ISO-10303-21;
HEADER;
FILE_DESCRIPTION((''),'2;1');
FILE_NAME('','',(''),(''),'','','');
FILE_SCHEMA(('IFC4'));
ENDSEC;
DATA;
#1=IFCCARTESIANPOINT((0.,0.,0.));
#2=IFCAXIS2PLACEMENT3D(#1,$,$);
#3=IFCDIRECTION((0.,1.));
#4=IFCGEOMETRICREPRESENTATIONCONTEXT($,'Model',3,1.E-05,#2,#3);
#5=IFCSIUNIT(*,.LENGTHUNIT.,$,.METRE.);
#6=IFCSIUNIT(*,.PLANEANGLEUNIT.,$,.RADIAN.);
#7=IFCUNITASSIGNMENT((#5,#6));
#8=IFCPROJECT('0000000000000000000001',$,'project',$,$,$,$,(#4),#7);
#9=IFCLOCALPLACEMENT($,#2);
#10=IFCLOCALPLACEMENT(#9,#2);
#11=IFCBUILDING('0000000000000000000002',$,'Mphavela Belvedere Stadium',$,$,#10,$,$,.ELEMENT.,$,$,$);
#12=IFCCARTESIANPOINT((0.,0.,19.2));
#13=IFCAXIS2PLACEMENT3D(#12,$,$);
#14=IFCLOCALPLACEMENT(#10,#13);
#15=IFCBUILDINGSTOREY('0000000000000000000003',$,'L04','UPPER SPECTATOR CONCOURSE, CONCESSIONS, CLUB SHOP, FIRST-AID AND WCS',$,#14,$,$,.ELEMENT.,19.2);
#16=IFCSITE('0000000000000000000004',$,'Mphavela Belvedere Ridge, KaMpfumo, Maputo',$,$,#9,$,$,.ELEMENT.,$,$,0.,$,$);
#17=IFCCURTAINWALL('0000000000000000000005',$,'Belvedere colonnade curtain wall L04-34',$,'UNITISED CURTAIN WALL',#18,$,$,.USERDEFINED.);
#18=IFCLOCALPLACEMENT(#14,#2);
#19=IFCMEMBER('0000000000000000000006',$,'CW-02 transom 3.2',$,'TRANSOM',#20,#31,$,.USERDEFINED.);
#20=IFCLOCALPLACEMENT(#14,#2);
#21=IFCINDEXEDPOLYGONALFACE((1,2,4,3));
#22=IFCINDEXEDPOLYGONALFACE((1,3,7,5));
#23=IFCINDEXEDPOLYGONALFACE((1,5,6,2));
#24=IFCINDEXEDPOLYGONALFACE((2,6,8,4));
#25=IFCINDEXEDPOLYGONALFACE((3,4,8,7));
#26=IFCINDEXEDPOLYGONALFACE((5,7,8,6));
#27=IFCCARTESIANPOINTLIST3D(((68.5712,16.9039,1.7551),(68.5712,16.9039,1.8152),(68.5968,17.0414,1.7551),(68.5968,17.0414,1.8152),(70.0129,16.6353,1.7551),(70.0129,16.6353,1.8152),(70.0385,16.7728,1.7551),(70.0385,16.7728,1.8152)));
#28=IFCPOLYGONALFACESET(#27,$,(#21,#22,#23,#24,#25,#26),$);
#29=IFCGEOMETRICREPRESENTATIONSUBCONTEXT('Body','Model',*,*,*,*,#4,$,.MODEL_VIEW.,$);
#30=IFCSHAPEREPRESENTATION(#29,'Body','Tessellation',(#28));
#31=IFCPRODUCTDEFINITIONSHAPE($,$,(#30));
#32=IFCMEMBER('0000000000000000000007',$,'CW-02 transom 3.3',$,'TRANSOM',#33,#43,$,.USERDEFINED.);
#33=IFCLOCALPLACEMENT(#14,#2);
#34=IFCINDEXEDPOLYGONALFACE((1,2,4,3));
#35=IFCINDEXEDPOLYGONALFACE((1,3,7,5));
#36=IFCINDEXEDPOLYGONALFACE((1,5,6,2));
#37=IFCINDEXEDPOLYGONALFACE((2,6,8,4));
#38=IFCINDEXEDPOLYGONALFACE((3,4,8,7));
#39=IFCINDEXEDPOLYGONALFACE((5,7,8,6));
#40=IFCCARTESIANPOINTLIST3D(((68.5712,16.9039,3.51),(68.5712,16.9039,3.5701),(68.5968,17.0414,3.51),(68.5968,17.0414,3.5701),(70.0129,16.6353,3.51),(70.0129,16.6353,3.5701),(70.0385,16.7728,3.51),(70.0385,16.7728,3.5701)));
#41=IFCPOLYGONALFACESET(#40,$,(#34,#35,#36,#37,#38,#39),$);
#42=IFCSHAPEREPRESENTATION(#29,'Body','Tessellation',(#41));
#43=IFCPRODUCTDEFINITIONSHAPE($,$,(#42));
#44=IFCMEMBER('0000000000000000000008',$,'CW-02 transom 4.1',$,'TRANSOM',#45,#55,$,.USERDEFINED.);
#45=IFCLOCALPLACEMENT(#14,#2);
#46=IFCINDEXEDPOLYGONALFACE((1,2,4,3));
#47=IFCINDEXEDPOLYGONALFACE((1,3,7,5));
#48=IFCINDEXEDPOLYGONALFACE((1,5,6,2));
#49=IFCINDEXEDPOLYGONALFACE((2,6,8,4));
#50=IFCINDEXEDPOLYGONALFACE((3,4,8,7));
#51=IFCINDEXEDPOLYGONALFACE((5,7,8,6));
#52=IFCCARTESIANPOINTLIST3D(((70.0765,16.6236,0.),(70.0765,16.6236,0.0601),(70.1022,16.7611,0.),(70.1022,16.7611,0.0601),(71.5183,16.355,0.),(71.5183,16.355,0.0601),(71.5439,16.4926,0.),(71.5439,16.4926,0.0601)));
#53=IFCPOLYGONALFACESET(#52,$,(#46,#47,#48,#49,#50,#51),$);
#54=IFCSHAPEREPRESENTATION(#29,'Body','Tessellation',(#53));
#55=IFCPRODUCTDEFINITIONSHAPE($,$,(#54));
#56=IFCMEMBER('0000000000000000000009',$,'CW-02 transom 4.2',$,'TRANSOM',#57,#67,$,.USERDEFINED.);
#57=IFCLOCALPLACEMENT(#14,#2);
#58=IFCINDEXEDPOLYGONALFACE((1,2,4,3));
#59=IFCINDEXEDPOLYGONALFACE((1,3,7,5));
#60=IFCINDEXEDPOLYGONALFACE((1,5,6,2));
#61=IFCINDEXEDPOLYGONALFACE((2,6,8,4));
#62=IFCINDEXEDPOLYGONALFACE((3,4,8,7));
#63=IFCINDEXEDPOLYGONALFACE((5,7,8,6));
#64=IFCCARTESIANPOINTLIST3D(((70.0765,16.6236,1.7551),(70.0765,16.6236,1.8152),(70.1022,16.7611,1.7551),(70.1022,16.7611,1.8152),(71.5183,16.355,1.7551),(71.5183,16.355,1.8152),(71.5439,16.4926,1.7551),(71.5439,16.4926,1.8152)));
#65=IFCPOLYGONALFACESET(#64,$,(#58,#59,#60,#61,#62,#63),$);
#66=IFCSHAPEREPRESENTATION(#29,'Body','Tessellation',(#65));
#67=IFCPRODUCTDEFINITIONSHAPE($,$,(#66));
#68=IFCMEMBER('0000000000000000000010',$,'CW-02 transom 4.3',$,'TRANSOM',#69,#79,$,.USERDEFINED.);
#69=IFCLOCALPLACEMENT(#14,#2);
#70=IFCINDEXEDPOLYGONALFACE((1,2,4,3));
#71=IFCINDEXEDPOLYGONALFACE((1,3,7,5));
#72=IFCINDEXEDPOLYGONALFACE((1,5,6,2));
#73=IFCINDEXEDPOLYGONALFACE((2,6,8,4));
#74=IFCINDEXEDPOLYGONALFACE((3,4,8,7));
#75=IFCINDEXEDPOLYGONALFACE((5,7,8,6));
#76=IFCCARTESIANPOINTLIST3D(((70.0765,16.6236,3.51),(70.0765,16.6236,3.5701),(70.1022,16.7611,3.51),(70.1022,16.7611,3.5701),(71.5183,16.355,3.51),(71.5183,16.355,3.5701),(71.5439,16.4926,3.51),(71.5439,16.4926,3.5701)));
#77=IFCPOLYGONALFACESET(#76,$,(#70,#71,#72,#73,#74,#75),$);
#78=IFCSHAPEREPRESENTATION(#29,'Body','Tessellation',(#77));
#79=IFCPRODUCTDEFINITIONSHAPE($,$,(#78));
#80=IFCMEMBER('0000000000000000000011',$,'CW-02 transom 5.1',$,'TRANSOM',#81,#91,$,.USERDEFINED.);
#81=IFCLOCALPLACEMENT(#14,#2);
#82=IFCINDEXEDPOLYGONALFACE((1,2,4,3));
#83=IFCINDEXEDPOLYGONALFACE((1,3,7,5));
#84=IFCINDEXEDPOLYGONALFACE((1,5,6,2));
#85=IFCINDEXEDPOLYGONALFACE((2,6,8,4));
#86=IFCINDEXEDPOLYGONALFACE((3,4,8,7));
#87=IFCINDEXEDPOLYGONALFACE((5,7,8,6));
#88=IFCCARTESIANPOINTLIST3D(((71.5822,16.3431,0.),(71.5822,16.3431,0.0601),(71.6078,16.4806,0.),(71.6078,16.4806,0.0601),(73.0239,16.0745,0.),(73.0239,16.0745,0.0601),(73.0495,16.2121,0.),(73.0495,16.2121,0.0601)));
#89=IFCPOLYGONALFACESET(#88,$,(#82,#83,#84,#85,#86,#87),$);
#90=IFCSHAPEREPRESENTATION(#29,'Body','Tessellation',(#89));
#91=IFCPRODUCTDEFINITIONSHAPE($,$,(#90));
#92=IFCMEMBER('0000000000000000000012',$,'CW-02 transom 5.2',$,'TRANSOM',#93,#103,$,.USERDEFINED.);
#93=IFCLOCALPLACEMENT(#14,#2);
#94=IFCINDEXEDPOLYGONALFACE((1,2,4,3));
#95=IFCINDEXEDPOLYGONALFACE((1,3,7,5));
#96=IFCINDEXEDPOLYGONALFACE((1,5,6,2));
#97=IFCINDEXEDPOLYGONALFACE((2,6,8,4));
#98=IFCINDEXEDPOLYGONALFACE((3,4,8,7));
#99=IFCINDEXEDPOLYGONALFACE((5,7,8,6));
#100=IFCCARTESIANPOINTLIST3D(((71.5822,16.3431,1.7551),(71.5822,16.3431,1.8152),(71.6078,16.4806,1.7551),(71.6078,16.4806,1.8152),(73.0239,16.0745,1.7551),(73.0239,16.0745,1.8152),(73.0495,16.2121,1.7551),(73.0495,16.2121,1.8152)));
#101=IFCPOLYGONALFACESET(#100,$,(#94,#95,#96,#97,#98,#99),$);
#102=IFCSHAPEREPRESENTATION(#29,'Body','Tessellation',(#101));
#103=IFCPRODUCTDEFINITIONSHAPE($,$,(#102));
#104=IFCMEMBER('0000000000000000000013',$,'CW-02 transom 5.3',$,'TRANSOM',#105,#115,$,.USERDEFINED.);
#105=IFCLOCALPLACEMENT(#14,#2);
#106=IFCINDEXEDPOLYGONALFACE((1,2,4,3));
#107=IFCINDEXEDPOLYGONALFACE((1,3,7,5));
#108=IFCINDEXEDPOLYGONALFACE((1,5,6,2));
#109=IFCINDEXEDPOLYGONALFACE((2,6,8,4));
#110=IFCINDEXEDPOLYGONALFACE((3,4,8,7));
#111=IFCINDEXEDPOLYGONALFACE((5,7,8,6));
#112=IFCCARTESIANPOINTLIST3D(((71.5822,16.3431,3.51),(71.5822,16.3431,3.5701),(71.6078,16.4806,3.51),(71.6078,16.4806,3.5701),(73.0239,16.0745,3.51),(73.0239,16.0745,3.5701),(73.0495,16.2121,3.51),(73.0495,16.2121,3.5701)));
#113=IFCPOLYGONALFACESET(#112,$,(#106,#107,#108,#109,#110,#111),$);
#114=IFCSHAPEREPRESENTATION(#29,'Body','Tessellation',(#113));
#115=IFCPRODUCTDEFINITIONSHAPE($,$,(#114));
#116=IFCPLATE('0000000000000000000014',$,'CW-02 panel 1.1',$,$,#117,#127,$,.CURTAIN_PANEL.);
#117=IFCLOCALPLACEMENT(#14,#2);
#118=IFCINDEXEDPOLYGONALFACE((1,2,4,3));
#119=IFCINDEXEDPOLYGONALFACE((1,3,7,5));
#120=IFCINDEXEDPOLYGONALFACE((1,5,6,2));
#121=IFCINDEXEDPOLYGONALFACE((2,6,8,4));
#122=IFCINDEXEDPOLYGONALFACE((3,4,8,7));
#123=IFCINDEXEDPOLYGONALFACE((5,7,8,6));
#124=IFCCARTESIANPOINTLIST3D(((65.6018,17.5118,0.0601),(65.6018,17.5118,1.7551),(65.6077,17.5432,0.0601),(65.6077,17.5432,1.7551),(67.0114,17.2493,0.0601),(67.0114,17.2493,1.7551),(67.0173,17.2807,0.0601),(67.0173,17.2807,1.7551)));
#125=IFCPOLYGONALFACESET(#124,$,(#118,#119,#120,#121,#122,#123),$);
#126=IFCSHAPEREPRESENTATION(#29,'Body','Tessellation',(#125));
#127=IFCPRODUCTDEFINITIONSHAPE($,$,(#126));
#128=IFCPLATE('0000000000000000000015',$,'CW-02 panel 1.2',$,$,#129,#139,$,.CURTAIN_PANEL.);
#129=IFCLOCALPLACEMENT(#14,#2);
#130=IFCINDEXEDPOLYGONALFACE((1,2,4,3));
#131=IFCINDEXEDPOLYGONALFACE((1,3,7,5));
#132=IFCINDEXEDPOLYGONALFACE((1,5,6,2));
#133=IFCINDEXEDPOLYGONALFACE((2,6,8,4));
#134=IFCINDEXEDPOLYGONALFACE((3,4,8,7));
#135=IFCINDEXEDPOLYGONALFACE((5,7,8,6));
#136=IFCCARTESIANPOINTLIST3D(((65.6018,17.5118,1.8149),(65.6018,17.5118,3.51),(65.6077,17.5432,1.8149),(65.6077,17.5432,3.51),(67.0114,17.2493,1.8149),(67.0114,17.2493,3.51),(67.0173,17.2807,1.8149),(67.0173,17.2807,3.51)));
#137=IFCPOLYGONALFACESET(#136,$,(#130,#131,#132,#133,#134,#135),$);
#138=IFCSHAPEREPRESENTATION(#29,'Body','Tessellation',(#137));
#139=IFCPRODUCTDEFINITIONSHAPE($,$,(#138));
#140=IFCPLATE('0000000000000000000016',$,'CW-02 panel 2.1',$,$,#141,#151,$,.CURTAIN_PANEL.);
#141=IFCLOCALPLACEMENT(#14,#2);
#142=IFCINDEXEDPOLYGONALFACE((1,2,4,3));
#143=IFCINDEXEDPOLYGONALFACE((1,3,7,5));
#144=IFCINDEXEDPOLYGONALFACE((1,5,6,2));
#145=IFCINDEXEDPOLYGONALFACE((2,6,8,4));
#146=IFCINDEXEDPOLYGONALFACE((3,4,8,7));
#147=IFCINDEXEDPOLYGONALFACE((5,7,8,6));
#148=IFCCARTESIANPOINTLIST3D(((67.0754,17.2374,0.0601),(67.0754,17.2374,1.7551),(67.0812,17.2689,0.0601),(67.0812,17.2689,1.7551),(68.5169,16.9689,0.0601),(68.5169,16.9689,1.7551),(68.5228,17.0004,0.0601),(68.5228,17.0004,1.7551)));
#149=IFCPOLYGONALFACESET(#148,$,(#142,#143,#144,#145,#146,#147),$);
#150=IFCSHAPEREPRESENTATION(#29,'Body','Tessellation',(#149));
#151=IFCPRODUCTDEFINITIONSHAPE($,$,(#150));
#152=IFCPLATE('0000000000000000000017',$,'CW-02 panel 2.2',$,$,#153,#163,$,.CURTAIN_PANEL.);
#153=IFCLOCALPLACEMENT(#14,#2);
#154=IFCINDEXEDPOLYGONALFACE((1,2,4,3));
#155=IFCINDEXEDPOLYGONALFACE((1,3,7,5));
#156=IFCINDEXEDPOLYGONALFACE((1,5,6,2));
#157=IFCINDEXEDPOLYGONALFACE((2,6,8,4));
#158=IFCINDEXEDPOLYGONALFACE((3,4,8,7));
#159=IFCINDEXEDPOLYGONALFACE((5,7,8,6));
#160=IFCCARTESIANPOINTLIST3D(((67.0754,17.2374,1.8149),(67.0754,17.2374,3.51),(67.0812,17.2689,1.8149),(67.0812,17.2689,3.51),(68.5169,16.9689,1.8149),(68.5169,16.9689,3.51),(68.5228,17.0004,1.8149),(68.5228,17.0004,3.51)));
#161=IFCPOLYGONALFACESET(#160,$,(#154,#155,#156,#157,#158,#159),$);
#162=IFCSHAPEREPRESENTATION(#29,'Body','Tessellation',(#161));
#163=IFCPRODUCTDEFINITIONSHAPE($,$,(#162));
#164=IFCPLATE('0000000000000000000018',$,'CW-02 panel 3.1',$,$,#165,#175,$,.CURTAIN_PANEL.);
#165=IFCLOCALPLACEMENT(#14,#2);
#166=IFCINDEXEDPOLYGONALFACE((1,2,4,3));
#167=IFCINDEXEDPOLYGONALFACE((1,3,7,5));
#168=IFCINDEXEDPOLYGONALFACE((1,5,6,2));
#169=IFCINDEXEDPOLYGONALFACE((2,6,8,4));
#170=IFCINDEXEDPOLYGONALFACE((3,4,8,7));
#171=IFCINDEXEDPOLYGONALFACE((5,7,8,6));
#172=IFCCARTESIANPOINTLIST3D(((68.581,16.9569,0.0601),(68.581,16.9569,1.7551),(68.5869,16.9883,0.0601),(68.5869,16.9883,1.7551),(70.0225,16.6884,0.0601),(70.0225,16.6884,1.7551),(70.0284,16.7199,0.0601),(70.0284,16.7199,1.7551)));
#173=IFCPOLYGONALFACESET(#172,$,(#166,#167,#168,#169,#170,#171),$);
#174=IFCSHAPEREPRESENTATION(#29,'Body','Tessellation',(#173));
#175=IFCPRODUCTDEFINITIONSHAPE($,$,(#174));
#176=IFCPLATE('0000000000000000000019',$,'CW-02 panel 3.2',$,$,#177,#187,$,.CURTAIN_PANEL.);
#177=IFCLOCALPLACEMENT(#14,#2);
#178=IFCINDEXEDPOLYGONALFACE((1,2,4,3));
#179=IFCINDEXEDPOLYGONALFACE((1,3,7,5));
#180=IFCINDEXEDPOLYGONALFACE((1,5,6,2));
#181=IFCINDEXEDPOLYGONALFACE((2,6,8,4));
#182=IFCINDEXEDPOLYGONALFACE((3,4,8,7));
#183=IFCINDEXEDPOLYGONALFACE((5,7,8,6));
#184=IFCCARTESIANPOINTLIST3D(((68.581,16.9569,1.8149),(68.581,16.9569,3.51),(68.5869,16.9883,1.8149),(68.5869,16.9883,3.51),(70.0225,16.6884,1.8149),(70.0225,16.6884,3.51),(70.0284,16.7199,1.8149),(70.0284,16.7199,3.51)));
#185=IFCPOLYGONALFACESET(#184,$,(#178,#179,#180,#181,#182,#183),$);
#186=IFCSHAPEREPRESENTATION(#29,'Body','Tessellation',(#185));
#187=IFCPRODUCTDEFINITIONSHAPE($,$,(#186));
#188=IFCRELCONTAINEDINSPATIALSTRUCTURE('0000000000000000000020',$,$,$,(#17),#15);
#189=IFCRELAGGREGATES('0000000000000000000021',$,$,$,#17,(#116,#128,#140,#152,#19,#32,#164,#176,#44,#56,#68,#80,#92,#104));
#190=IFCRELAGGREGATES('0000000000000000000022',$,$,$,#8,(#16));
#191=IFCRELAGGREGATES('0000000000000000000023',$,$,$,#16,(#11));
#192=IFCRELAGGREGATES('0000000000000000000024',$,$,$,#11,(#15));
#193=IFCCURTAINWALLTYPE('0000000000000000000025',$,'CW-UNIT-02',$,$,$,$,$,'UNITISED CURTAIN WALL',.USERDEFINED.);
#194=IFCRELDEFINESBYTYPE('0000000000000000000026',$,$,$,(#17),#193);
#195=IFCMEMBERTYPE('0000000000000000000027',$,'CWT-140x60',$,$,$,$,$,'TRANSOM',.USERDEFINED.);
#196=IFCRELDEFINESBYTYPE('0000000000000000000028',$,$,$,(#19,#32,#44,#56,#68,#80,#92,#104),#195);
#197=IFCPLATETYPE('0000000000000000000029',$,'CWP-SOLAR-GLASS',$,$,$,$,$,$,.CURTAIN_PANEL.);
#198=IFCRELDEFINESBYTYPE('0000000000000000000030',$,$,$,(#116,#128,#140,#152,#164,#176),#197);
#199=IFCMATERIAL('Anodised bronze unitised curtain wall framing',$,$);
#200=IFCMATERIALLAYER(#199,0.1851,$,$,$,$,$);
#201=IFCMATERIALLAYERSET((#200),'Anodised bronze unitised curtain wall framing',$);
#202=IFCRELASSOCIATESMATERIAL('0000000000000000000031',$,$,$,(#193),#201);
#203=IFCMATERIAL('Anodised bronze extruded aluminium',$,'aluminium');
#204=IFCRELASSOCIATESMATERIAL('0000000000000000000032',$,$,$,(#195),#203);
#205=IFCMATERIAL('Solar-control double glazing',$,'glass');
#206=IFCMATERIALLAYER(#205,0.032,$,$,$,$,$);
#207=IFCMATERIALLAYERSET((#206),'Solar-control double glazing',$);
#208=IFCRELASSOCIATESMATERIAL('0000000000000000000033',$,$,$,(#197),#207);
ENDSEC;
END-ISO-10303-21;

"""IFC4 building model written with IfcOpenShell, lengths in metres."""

from ifc_helpers import new_model, si_unit, direction, frame, origin, origin_2d, place, context, subcontext, project, spatial, rectangle, extrude, material, layer, layer_set, material_profile, profile_set, type_object, element, aggregate, save


model = new_model("IFC4")

# Units and contexts
model_context = context("Model", 3, precision=1e-05, world=origin(), true_north=direction((0.0, 1.0)))
body_context = subcontext(model_context, "Body", "Model", "MODEL_VIEW")
ifc_project = project(units=[si_unit("LENGTHUNIT", "METRE"), si_unit("PLANEANGLEUNIT", "RADIAN")], contexts=[model_context])

# Site, building, storey
site_placement = place(None, origin())
site = spatial("IfcSite", under=ifc_project, at=site_placement, Name="Mphavela Belvedere Ridge, KaMpfumo, Maputo", CompositionType="ELEMENT", RefElevation=0.0)
building_placement = place(site_placement, origin())
building = spatial("IfcBuilding", under=site, at=building_placement, Name="Mphavela Belvedere Stadium", CompositionType="ELEMENT")
storey_placement = place(building_placement, frame((0.0, 0.0, 19.2)))
storey = spatial("IfcBuildingStorey", under=building, at=storey_placement, Name="L04", Description="UPPER SPECTATOR CONCOURSE, CONCESSIONS, CLUB SHOP, FIRST-AID AND WCS", CompositionType="ELEMENT", Elevation=19.2)

# Curtain wall, members, plates
ifc_material_1 = material(Name="Anodised bronze unitised curtain wall framing")
ifc_layer_1 = layer(ifc_material_1, 0.1851)
ifc_layer_set_1 = layer_set([ifc_layer_1], Name="Anodised bronze unitised curtain wall framing")
curtain_wall_type = type_object("IfcCurtainWallType", Name="CW-UNIT-02", ElementType="UNITISED CURTAIN WALL", PredefinedType="USERDEFINED", material=ifc_layer_set_1)
curtain_wall_placement = place(storey_placement, origin())
curtain_wall = element("IfcCurtainWall", 1, at=curtain_wall_placement, inside=storey, type_object=curtain_wall_type, Name="Belvedere colonnade curtain wall L04-34", ObjectType="UNITISED CURTAIN WALL", PredefinedType="USERDEFINED")
ifc_material_2 = material(Name="Anodised bronze extruded aluminium", Category="aluminium")
ifc_material_profile_1 = material_profile(ifc_material_2, rectangle(XDim=0.1399, YDim=0.0601, at=origin_2d()), Name="CW-TRN 140x60")
ifc_profile_set_1 = profile_set([ifc_material_profile_1], Name="Anodised bronze extruded aluminium")
member_type_1 = type_object("IfcMemberType", Name="CWT-140x60", ElementType="TRANSOM", PredefinedType="USERDEFINED", material=ifc_profile_set_1)
member_1_placement = place(storey_placement, frame((68.584, 16.9727, 1.7852), z_axis=(0.983088, -0.183132, 0.0), x_axis=(0.183132, 0.983088, 0.0)))
member_1 = element("IfcMember", 2, at=member_1_placement, type_object=member_type_1, Name="CW-02 transom 3.2", ObjectType="TRANSOM", PredefinedType="USERDEFINED", context=body_context, shape_type="SweptSolid", body=[
    extrude(rectangle(XDim=0.1399, YDim=0.0601, at=origin_2d()), origin(), (0.0, 0.0, 1.0), 1.4666),
])
member_2_placement = place(storey_placement, frame((68.584, 16.9727, 3.54), z_axis=(0.983088, -0.183132, 0.0), x_axis=(0.183132, 0.983088, 0.0)))
member_2 = element("IfcMember", 3, at=member_2_placement, type_object=member_type_1, Name="CW-02 transom 3.3", ObjectType="TRANSOM", PredefinedType="USERDEFINED", context=body_context, shape_type="SweptSolid", body=[
    extrude(rectangle(XDim=0.1399, YDim=0.0601, at=origin_2d()), origin(), (0.0, 0.0, 1.0), 1.4666),
])
member_3_placement = place(storey_placement, frame((70.0894, 16.6924, 0.03), z_axis=(0.983088, -0.183132, 0.0), x_axis=(0.183132, 0.983088, 0.0)))
member_3 = element("IfcMember", 4, at=member_3_placement, type_object=member_type_1, Name="CW-02 transom 4.1", ObjectType="TRANSOM", PredefinedType="USERDEFINED", context=body_context, shape_type="SweptSolid", body=[
    extrude(rectangle(XDim=0.1399, YDim=0.0601, at=origin_2d()), origin(), (0.0, 0.0, 1.0), 1.4666),
])
member_4_placement = place(storey_placement, frame((70.0894, 16.6924, 1.7852), z_axis=(0.983088, -0.183132, 0.0), x_axis=(0.183132, 0.983088, 0.0)))
member_4 = element("IfcMember", 5, at=member_4_placement, type_object=member_type_1, Name="CW-02 transom 4.2", ObjectType="TRANSOM", PredefinedType="USERDEFINED", context=body_context, shape_type="SweptSolid", body=[
    extrude(rectangle(XDim=0.1399, YDim=0.0601, at=origin_2d()), origin(), (0.0, 0.0, 1.0), 1.4666),
])
member_5_placement = place(storey_placement, frame((70.0894, 16.6924, 3.54), z_axis=(0.983088, -0.183132, 0.0), x_axis=(0.183132, 0.983088, 0.0)))
member_5 = element("IfcMember", 6, at=member_5_placement, type_object=member_type_1, Name="CW-02 transom 4.3", ObjectType="TRANSOM", PredefinedType="USERDEFINED", context=body_context, shape_type="SweptSolid", body=[
    extrude(rectangle(XDim=0.1399, YDim=0.0601, at=origin_2d()), origin(), (0.0, 0.0, 1.0), 1.4666),
])
member_6_placement = place(storey_placement, frame((71.595, 16.4119, 0.03), z_axis=(0.983088, -0.183132, 0.0), x_axis=(0.183132, 0.983088, 0.0)))
member_6 = element("IfcMember", 7, at=member_6_placement, type_object=member_type_1, Name="CW-02 transom 5.1", ObjectType="TRANSOM", PredefinedType="USERDEFINED", context=body_context, shape_type="SweptSolid", body=[
    extrude(rectangle(XDim=0.1399, YDim=0.0601, at=origin_2d()), origin(), (0.0, 0.0, 1.0), 1.4666),
])
member_7_placement = place(storey_placement, frame((71.595, 16.4119, 1.7852), z_axis=(0.983088, -0.183132, 0.0), x_axis=(0.183132, 0.983088, 0.0)))
member_7 = element("IfcMember", 8, at=member_7_placement, type_object=member_type_1, Name="CW-02 transom 5.2", ObjectType="TRANSOM", PredefinedType="USERDEFINED", context=body_context, shape_type="SweptSolid", body=[
    extrude(rectangle(XDim=0.1399, YDim=0.0601, at=origin_2d()), origin(), (0.0, 0.0, 1.0), 1.4666),
])
member_8_placement = place(storey_placement, frame((71.595, 16.4119, 3.54), z_axis=(0.983088, -0.183132, 0.0), x_axis=(0.183132, 0.983088, 0.0)))
member_8 = element("IfcMember", 9, at=member_8_placement, type_object=member_type_1, Name="CW-02 transom 5.3", ObjectType="TRANSOM", PredefinedType="USERDEFINED", context=body_context, shape_type="SweptSolid", body=[
    extrude(rectangle(XDim=0.1399, YDim=0.0601, at=origin_2d()), origin(), (0.0, 0.0, 1.0), 1.4666),
])
ifc_material_3 = material(Name="Solar-control double glazing", Category="glass")
ifc_layer_2 = layer(ifc_material_3, 0.032)
ifc_layer_set_2 = layer_set([ifc_layer_2], Name="Solar-control double glazing")
plate_type = type_object("IfcPlateType", Name="CWP-SOLAR-GLASS", PredefinedType="CURTAIN_PANEL", material=ifc_layer_set_2)
plate_1_placement = place(storey_placement, frame((66.3096, 17.3962, 0.0601), z_axis=(0.0, 0.0, 1.0), x_axis=(0.983096, -0.183091, 0.0)))
plate_1 = element("IfcPlate", 10, at=plate_1_placement, type_object=plate_type, Name="CW-02 panel 1.1", PredefinedType="CURTAIN_PANEL", context=body_context, shape_type="SweptSolid", body=[
    extrude(rectangle(XDim=1.4338, YDim=0.032, at=origin_2d()), origin(), (0.0, 0.0, 1.0), 1.6951),
])
plate_2_placement = place(storey_placement, frame((66.3096, 17.3962, 1.8149), z_axis=(0.0, 0.0, 1.0), x_axis=(0.983096, -0.183091, 0.0)))
plate_2 = element("IfcPlate", 11, at=plate_2_placement, type_object=plate_type, Name="CW-02 panel 1.2", PredefinedType="CURTAIN_PANEL", context=body_context, shape_type="SweptSolid", body=[
    extrude(rectangle(XDim=1.4338, YDim=0.032, at=origin_2d()), origin(), (0.0, 0.0, 1.0), 1.6951),
])
plate_3_placement = place(storey_placement, frame((67.7991, 17.1189, 0.0601), z_axis=(0.0, 0.0, 1.0), x_axis=(0.983096, -0.183091, 0.0)))
plate_3 = element("IfcPlate", 12, at=plate_3_placement, type_object=plate_type, Name="CW-02 panel 2.1", PredefinedType="CURTAIN_PANEL", context=body_context, shape_type="SweptSolid", body=[
    extrude(rectangle(XDim=1.4663, YDim=0.032, at=origin_2d()), origin(), (0.0, 0.0, 1.0), 1.6951),
])
plate_4_placement = place(storey_placement, frame((67.7991, 17.1189, 1.8149), z_axis=(0.0, 0.0, 1.0), x_axis=(0.983096, -0.183091, 0.0)))
plate_4 = element("IfcPlate", 13, at=plate_4_placement, type_object=plate_type, Name="CW-02 panel 2.2", PredefinedType="CURTAIN_PANEL", context=body_context, shape_type="SweptSolid", body=[
    extrude(rectangle(XDim=1.4663, YDim=0.032, at=origin_2d()), origin(), (0.0, 0.0, 1.0), 1.6951),
])
plate_5_placement = place(storey_placement, frame((69.3047, 16.8384, 0.0601), z_axis=(0.0, 0.0, 1.0), x_axis=(0.983096, -0.183091, 0.0)))
plate_5 = element("IfcPlate", 14, at=plate_5_placement, type_object=plate_type, Name="CW-02 panel 3.1", PredefinedType="CURTAIN_PANEL", context=body_context, shape_type="SweptSolid", body=[
    extrude(rectangle(XDim=1.4663, YDim=0.032, at=origin_2d()), origin(), (0.0, 0.0, 1.0), 1.6951),
])
plate_6_placement = place(storey_placement, frame((69.3047, 16.8384, 1.8149), z_axis=(0.0, 0.0, 1.0), x_axis=(0.983096, -0.183091, 0.0)))
plate_6 = element("IfcPlate", 15, at=plate_6_placement, type_object=plate_type, Name="CW-02 panel 3.2", PredefinedType="CURTAIN_PANEL", context=body_context, shape_type="SweptSolid", body=[
    extrude(rectangle(XDim=1.4663, YDim=0.032, at=origin_2d()), origin(), (0.0, 0.0, 1.0), 1.6951),
])
aggregate(curtain_wall, [plate_1, plate_2, plate_3, plate_4, member_1, member_2, plate_5, plate_6, member_3, member_4, member_5, member_6, member_7, member_8])

save(model, "model.ifc")
